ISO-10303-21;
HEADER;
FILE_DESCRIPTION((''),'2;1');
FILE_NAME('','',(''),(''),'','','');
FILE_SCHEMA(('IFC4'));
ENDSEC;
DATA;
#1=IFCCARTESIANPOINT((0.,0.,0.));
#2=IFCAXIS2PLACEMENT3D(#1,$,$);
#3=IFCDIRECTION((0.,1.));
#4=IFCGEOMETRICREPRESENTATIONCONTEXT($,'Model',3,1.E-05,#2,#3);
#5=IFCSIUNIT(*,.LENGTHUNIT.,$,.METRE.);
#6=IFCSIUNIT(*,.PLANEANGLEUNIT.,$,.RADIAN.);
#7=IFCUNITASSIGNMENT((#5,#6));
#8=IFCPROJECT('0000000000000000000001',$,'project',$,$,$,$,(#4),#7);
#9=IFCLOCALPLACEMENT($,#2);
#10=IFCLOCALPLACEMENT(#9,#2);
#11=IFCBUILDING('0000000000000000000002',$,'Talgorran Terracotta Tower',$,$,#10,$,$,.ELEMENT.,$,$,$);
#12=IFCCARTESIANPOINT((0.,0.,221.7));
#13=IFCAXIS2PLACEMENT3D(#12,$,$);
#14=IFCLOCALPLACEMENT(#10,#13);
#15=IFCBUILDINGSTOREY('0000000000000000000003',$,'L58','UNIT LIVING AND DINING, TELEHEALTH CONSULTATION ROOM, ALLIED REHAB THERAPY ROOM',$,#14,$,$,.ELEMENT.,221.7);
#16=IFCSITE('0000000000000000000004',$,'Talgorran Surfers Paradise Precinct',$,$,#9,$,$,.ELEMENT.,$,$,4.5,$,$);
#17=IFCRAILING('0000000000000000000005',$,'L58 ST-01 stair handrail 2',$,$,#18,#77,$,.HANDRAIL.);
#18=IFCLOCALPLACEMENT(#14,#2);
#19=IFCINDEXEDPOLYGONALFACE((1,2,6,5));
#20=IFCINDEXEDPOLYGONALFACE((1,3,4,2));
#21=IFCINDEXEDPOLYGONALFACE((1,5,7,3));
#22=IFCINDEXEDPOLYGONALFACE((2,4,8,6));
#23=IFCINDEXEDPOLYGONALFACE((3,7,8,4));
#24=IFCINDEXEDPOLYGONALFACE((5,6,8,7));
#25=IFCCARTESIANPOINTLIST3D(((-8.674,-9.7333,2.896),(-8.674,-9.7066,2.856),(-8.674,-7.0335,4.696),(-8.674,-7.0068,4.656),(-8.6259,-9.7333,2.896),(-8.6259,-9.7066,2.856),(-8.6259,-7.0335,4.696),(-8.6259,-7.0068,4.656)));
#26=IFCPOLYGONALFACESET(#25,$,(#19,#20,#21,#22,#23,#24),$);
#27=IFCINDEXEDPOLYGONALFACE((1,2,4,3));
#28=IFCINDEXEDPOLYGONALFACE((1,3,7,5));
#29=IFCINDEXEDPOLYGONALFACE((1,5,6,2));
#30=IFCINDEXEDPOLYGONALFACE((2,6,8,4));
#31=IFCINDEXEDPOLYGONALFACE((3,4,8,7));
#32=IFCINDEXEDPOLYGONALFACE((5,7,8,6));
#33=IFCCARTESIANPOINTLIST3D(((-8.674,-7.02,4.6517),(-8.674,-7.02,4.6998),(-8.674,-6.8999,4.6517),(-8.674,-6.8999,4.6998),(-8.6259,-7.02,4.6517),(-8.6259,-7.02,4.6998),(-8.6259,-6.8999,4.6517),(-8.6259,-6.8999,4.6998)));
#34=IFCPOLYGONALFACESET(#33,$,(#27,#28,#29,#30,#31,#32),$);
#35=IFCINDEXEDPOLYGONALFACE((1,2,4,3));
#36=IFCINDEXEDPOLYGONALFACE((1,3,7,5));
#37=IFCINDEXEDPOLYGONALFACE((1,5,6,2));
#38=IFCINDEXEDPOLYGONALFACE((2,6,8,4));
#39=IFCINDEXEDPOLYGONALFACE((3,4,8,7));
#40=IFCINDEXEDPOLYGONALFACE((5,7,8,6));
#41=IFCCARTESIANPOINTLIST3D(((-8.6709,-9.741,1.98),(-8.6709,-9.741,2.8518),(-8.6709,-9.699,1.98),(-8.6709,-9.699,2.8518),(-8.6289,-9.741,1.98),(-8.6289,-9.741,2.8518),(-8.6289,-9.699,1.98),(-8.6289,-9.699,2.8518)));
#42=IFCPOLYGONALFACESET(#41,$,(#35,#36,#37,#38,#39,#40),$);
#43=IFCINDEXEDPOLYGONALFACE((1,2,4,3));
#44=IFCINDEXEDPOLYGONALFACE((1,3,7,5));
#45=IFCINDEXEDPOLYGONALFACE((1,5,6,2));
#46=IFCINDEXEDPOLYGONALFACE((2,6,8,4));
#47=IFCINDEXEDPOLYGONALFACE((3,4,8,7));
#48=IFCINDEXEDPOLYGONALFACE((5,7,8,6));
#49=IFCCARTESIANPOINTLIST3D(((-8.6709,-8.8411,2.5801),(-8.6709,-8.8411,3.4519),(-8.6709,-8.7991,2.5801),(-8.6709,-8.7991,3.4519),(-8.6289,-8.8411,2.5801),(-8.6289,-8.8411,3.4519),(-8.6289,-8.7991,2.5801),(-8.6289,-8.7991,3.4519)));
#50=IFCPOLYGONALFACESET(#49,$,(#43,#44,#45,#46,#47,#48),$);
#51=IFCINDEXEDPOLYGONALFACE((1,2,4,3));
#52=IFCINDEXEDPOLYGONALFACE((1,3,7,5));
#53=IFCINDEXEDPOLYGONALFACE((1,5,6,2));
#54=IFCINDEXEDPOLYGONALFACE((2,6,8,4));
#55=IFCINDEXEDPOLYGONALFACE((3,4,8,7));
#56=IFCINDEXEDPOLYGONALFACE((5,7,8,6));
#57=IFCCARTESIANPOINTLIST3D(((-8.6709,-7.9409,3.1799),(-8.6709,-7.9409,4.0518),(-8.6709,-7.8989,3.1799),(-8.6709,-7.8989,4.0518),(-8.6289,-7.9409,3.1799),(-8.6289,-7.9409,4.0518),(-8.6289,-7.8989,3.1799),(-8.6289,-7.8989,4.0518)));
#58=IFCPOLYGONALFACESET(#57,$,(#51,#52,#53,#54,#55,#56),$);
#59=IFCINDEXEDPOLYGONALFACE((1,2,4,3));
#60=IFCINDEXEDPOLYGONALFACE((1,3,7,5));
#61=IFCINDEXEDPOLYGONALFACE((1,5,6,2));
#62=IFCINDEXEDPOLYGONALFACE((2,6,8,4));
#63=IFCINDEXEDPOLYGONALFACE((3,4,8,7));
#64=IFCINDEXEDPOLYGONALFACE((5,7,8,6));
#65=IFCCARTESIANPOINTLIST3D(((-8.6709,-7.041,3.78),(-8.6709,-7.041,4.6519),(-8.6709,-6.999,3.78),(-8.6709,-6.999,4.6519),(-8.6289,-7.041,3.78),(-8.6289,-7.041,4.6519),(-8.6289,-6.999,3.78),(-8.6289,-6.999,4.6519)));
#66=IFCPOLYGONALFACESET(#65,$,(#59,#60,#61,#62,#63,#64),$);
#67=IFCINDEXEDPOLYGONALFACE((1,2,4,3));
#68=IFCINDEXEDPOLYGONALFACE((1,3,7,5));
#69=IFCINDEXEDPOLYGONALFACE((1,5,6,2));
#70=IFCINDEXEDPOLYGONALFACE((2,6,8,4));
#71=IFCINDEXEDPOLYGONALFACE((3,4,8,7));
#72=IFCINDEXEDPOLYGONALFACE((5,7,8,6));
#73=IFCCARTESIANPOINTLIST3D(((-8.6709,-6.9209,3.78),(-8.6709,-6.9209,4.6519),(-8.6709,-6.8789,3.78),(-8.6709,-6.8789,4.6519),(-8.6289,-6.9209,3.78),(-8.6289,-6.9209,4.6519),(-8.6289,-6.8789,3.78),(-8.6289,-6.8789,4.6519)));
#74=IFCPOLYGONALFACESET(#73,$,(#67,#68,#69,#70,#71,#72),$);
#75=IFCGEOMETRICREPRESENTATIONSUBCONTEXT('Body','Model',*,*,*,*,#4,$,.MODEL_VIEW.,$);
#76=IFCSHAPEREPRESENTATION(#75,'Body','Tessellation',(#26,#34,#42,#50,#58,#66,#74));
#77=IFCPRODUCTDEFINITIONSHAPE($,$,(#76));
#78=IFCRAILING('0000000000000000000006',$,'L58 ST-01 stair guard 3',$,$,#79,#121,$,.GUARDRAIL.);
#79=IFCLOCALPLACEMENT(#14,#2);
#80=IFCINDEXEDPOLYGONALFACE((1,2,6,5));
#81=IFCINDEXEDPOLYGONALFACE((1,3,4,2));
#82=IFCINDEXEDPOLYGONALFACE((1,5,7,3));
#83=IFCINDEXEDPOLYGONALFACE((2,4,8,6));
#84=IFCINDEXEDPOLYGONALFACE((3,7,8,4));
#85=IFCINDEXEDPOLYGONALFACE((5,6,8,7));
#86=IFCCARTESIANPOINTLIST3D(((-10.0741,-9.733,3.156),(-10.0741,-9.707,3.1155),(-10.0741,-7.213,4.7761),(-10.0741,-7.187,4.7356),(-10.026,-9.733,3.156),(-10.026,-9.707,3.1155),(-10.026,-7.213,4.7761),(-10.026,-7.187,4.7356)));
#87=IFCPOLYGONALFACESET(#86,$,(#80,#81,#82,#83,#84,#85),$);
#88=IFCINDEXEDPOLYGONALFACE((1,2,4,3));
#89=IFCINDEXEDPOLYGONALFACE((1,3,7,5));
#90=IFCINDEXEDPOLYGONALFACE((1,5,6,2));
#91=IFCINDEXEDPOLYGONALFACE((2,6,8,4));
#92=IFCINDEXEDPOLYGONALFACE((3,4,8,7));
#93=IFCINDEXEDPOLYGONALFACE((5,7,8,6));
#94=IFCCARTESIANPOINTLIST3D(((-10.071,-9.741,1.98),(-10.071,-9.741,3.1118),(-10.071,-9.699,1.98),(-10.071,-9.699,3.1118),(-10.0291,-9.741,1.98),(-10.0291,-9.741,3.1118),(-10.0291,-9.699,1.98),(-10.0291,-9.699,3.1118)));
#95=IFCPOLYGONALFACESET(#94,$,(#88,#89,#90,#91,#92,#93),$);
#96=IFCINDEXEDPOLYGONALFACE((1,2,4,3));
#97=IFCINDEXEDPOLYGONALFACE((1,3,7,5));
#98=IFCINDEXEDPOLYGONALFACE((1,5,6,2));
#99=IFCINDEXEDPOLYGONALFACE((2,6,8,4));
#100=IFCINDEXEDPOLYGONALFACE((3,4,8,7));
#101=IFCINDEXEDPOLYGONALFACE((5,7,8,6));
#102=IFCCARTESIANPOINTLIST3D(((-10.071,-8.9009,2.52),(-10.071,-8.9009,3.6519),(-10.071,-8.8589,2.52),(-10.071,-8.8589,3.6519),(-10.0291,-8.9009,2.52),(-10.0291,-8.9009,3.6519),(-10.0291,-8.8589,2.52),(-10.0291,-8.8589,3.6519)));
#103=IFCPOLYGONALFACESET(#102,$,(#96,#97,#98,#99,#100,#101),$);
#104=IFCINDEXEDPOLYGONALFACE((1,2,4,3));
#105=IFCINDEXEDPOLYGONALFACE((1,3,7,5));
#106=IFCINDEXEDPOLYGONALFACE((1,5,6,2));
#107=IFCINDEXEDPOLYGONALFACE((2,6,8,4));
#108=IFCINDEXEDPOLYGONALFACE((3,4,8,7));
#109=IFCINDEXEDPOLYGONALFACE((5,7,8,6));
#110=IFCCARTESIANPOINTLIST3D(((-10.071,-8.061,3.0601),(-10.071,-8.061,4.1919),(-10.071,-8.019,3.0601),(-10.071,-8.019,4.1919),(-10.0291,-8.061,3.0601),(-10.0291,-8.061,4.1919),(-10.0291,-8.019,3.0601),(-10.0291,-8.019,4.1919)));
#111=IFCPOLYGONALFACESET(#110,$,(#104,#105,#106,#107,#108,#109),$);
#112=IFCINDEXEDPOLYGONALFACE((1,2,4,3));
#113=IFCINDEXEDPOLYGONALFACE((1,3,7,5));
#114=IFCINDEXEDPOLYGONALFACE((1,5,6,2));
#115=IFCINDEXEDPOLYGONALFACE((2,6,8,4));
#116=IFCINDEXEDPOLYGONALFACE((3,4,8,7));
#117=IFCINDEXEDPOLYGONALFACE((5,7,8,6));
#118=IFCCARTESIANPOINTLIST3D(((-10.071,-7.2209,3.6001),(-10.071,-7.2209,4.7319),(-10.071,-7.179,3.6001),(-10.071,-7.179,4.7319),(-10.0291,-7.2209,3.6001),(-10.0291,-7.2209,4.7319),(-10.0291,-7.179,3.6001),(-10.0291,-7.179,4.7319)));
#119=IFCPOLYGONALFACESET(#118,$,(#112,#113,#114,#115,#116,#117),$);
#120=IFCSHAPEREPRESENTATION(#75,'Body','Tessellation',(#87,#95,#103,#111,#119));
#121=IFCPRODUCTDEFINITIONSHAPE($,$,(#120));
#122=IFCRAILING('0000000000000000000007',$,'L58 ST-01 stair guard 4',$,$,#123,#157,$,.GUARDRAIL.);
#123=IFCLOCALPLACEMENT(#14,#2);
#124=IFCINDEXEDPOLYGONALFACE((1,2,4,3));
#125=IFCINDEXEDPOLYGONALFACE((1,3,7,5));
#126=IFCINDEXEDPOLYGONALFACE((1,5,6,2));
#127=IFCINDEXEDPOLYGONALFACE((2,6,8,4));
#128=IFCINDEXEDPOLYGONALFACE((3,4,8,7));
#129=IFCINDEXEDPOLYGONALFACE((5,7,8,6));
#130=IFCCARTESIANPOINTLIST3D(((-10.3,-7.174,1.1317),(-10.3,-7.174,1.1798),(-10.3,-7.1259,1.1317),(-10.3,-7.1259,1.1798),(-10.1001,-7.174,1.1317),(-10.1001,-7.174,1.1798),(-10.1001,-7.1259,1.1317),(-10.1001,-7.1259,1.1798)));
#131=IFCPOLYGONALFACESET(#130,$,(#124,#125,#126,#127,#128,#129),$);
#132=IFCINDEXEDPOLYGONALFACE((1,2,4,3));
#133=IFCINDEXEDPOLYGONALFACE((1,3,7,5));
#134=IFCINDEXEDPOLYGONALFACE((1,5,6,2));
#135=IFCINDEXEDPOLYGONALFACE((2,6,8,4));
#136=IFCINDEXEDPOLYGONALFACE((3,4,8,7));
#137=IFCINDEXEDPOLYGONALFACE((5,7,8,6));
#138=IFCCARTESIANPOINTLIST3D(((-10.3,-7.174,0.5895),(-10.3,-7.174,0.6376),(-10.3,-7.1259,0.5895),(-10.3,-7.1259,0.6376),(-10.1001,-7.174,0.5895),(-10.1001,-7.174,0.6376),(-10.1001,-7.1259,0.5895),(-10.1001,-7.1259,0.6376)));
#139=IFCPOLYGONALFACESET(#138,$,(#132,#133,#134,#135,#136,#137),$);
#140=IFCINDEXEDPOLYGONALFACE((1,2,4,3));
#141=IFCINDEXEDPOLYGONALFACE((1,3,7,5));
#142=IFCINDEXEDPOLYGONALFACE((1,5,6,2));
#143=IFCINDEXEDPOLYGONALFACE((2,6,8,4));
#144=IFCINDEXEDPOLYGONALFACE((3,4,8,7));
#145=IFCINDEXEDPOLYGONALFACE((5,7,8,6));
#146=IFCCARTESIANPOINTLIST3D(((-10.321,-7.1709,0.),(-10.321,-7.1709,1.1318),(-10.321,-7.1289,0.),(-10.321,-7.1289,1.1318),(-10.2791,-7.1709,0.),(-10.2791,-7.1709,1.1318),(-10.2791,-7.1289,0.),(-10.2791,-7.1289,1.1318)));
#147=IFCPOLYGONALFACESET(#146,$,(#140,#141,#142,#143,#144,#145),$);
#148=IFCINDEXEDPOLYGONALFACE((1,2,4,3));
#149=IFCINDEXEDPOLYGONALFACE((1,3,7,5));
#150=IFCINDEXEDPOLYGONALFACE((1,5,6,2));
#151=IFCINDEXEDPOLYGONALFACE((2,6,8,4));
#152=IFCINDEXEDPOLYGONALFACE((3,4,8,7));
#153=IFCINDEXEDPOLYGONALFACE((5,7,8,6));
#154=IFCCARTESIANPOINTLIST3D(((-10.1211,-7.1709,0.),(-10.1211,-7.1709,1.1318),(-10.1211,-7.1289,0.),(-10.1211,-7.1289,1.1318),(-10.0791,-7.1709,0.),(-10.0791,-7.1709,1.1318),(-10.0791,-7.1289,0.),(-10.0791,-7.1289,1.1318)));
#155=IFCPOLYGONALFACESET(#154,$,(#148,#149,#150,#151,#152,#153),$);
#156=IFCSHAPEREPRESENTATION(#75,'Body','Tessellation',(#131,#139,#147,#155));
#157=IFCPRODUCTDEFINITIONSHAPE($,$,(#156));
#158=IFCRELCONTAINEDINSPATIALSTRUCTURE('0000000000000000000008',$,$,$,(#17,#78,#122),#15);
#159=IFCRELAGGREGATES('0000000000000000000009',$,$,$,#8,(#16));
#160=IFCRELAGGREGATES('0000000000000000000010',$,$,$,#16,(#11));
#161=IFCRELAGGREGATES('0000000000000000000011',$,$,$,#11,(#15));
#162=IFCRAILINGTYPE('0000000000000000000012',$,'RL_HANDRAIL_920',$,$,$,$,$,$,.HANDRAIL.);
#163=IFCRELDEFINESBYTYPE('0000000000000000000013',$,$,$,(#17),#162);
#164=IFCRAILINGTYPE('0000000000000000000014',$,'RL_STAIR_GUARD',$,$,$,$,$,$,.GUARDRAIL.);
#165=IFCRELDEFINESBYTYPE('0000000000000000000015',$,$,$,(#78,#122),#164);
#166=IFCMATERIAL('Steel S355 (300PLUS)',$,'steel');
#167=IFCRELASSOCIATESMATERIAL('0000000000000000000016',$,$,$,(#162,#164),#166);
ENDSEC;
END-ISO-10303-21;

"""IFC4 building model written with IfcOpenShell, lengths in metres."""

from ifc_helpers import new_model, si_unit, direction, frame, origin, origin_2d, place, context, subcontext, project, spatial, rectangle, extrude, material, type_object, element, save


model = new_model("IFC4")

# Units and contexts
model_context = context("Model", 3, precision=1e-05, world=origin(), true_north=direction((0.0, 1.0)))
body_context = subcontext(model_context, "Body", "Model", "MODEL_VIEW")
ifc_project = project(units=[si_unit("LENGTHUNIT", "METRE"), si_unit("PLANEANGLEUNIT", "RADIAN")], contexts=[model_context])

# Site, building, storey
site_placement = place(None, origin())
site = spatial("IfcSite", under=ifc_project, at=site_placement, Name="Talgorran Surfers Paradise Precinct", CompositionType="ELEMENT", RefElevation=4.5)
building_placement = place(site_placement, origin())
building = spatial("IfcBuilding", under=site, at=building_placement, Name="Talgorran Terracotta Tower", CompositionType="ELEMENT")
storey_placement = place(building_placement, frame((0.0, 0.0, 221.7)))
storey = spatial("IfcBuildingStorey", under=building, at=storey_placement, Name="L58", Description="UNIT LIVING AND DINING, TELEHEALTH CONSULTATION ROOM, ALLIED REHAB THERAPY ROOM", CompositionType="ELEMENT", Elevation=221.7)

# Railings
ifc_material_1 = material(Name="Steel S355 (300PLUS)", Category="steel")
railing_type_1 = type_object("IfcRailingType", Name="RL_HANDRAIL_920", PredefinedType="HANDRAIL", material=ifc_material_1)
railing_1_placement = place(storey_placement, frame((-8.6499, -9.72, 1.98)))
element("IfcRailing", 1, at=railing_1_placement, inside=storey, type_object=railing_type_1, Name="L58 ST-01 stair handrail 2", PredefinedType="HANDRAIL", context=body_context, shape_type="SweptSolid", body=[
    extrude(rectangle(XDim=0.0481, YDim=0.0481, at=origin_2d()), frame((0.0, 0.0, 0.896), z_axis=(0.0, 0.832039, 0.554718), x_axis=(-1.0, 0.0, 0.0)), (0.0, 0.0, 1.0), 3.2449),
    extrude(rectangle(XDim=0.0481, YDim=0.0481, at=origin_2d()), frame((0.0, 2.7, 2.6958), z_axis=(0.0, 1.0, 0.0), x_axis=(-1.0, 0.0, 0.0)), (0.0, 0.0, 1.0), 0.1201),
    extrude(rectangle(XDim=0.042, YDim=0.042, at=origin_2d()), origin(), (0.0, 0.0, 1.0), 0.8718),
    extrude(rectangle(XDim=0.042, YDim=0.042, at=origin_2d()), frame((0.0, 0.8999, 0.6001)), (0.0, 0.0, 1.0), 0.8718),
    extrude(rectangle(XDim=0.042, YDim=0.042, at=origin_2d()), frame((0.0, 1.8, 1.2)), (0.0, 0.0, 1.0), 0.8718),
    extrude(rectangle(XDim=0.042, YDim=0.042, at=origin_2d()), frame((0.0, 2.7, 1.8)), (0.0, 0.0, 1.0), 0.8718),
    extrude(rectangle(XDim=0.042, YDim=0.042, at=origin_2d()), frame((0.0, 2.8201, 1.8)), (0.0, 0.0, 1.0), 0.8718),
])
railing_type_2 = type_object("IfcRailingType", Name="RL_STAIR_GUARD", PredefinedType="GUARDRAIL", material=ifc_material_1)
railing_2_placement = place(storey_placement, frame((-10.05, -9.72, 1.98)))
element("IfcRailing", 2, at=railing_2_placement, inside=storey, type_object=railing_type_2, Name="L58 ST-01 stair guard 3", PredefinedType="GUARDRAIL", context=body_context, shape_type="SweptSolid", body=[
    extrude(rectangle(XDim=0.0481, YDim=0.0481, at=origin_2d()), frame((0.0, 0.0, 1.1558), z_axis=(0.0, 0.841163, 0.540782), x_axis=(-1.0, 0.0, 0.0)), (0.0, 0.0, 1.0), 2.9958),
    extrude(rectangle(XDim=0.042, YDim=0.042, at=origin_2d()), origin(), (0.0, 0.0, 1.0), 1.1318),
    extrude(rectangle(XDim=0.042, YDim=0.042, at=origin_2d()), frame((0.0, 0.8401, 0.54)), (0.0, 0.0, 1.0), 1.1318),
    extrude(rectangle(XDim=0.042, YDim=0.042, at=origin_2d()), frame((0.0, 1.6799, 1.0801)), (0.0, 0.0, 1.0), 1.1318),
    extrude(rectangle(XDim=0.042, YDim=0.042, at=origin_2d()), frame((0.0, 2.52, 1.6201)), (0.0, 0.0, 1.0), 1.1318),
])
railing_3_placement = place(storey_placement, frame((-10.3, -7.1499, 0.0)))
element("IfcRailing", 3, at=railing_3_placement, inside=storey, type_object=railing_type_2, Name="L58 ST-01 stair guard 4", PredefinedType="GUARDRAIL", context=body_context, shape_type="SweptSolid", body=[
    extrude(rectangle(XDim=0.0481, YDim=0.0481, at=origin_2d()), frame((0.0, 0.0, 1.1558), z_axis=(1.0, 0.0, 0.0), x_axis=(0.0, 1.0, 0.0)), (0.0, 0.0, 1.0), 0.2),
    extrude(rectangle(XDim=0.0481, YDim=0.0481, at=origin_2d()), frame((0.0, 0.0, 0.6135), z_axis=(1.0, 0.0, 0.0), x_axis=(0.0, 1.0, 0.0)), (0.0, 0.0, 1.0), 0.2),
    extrude(rectangle(XDim=0.042, YDim=0.042, at=origin_2d()), origin(), (0.0, 0.0, 1.0), 1.1318),
    extrude(rectangle(XDim=0.042, YDim=0.042, at=origin_2d()), frame((0.2, 0.0, 0.0)), (0.0, 0.0, 1.0), 1.1318),
])

save(model, "model.ifc")
